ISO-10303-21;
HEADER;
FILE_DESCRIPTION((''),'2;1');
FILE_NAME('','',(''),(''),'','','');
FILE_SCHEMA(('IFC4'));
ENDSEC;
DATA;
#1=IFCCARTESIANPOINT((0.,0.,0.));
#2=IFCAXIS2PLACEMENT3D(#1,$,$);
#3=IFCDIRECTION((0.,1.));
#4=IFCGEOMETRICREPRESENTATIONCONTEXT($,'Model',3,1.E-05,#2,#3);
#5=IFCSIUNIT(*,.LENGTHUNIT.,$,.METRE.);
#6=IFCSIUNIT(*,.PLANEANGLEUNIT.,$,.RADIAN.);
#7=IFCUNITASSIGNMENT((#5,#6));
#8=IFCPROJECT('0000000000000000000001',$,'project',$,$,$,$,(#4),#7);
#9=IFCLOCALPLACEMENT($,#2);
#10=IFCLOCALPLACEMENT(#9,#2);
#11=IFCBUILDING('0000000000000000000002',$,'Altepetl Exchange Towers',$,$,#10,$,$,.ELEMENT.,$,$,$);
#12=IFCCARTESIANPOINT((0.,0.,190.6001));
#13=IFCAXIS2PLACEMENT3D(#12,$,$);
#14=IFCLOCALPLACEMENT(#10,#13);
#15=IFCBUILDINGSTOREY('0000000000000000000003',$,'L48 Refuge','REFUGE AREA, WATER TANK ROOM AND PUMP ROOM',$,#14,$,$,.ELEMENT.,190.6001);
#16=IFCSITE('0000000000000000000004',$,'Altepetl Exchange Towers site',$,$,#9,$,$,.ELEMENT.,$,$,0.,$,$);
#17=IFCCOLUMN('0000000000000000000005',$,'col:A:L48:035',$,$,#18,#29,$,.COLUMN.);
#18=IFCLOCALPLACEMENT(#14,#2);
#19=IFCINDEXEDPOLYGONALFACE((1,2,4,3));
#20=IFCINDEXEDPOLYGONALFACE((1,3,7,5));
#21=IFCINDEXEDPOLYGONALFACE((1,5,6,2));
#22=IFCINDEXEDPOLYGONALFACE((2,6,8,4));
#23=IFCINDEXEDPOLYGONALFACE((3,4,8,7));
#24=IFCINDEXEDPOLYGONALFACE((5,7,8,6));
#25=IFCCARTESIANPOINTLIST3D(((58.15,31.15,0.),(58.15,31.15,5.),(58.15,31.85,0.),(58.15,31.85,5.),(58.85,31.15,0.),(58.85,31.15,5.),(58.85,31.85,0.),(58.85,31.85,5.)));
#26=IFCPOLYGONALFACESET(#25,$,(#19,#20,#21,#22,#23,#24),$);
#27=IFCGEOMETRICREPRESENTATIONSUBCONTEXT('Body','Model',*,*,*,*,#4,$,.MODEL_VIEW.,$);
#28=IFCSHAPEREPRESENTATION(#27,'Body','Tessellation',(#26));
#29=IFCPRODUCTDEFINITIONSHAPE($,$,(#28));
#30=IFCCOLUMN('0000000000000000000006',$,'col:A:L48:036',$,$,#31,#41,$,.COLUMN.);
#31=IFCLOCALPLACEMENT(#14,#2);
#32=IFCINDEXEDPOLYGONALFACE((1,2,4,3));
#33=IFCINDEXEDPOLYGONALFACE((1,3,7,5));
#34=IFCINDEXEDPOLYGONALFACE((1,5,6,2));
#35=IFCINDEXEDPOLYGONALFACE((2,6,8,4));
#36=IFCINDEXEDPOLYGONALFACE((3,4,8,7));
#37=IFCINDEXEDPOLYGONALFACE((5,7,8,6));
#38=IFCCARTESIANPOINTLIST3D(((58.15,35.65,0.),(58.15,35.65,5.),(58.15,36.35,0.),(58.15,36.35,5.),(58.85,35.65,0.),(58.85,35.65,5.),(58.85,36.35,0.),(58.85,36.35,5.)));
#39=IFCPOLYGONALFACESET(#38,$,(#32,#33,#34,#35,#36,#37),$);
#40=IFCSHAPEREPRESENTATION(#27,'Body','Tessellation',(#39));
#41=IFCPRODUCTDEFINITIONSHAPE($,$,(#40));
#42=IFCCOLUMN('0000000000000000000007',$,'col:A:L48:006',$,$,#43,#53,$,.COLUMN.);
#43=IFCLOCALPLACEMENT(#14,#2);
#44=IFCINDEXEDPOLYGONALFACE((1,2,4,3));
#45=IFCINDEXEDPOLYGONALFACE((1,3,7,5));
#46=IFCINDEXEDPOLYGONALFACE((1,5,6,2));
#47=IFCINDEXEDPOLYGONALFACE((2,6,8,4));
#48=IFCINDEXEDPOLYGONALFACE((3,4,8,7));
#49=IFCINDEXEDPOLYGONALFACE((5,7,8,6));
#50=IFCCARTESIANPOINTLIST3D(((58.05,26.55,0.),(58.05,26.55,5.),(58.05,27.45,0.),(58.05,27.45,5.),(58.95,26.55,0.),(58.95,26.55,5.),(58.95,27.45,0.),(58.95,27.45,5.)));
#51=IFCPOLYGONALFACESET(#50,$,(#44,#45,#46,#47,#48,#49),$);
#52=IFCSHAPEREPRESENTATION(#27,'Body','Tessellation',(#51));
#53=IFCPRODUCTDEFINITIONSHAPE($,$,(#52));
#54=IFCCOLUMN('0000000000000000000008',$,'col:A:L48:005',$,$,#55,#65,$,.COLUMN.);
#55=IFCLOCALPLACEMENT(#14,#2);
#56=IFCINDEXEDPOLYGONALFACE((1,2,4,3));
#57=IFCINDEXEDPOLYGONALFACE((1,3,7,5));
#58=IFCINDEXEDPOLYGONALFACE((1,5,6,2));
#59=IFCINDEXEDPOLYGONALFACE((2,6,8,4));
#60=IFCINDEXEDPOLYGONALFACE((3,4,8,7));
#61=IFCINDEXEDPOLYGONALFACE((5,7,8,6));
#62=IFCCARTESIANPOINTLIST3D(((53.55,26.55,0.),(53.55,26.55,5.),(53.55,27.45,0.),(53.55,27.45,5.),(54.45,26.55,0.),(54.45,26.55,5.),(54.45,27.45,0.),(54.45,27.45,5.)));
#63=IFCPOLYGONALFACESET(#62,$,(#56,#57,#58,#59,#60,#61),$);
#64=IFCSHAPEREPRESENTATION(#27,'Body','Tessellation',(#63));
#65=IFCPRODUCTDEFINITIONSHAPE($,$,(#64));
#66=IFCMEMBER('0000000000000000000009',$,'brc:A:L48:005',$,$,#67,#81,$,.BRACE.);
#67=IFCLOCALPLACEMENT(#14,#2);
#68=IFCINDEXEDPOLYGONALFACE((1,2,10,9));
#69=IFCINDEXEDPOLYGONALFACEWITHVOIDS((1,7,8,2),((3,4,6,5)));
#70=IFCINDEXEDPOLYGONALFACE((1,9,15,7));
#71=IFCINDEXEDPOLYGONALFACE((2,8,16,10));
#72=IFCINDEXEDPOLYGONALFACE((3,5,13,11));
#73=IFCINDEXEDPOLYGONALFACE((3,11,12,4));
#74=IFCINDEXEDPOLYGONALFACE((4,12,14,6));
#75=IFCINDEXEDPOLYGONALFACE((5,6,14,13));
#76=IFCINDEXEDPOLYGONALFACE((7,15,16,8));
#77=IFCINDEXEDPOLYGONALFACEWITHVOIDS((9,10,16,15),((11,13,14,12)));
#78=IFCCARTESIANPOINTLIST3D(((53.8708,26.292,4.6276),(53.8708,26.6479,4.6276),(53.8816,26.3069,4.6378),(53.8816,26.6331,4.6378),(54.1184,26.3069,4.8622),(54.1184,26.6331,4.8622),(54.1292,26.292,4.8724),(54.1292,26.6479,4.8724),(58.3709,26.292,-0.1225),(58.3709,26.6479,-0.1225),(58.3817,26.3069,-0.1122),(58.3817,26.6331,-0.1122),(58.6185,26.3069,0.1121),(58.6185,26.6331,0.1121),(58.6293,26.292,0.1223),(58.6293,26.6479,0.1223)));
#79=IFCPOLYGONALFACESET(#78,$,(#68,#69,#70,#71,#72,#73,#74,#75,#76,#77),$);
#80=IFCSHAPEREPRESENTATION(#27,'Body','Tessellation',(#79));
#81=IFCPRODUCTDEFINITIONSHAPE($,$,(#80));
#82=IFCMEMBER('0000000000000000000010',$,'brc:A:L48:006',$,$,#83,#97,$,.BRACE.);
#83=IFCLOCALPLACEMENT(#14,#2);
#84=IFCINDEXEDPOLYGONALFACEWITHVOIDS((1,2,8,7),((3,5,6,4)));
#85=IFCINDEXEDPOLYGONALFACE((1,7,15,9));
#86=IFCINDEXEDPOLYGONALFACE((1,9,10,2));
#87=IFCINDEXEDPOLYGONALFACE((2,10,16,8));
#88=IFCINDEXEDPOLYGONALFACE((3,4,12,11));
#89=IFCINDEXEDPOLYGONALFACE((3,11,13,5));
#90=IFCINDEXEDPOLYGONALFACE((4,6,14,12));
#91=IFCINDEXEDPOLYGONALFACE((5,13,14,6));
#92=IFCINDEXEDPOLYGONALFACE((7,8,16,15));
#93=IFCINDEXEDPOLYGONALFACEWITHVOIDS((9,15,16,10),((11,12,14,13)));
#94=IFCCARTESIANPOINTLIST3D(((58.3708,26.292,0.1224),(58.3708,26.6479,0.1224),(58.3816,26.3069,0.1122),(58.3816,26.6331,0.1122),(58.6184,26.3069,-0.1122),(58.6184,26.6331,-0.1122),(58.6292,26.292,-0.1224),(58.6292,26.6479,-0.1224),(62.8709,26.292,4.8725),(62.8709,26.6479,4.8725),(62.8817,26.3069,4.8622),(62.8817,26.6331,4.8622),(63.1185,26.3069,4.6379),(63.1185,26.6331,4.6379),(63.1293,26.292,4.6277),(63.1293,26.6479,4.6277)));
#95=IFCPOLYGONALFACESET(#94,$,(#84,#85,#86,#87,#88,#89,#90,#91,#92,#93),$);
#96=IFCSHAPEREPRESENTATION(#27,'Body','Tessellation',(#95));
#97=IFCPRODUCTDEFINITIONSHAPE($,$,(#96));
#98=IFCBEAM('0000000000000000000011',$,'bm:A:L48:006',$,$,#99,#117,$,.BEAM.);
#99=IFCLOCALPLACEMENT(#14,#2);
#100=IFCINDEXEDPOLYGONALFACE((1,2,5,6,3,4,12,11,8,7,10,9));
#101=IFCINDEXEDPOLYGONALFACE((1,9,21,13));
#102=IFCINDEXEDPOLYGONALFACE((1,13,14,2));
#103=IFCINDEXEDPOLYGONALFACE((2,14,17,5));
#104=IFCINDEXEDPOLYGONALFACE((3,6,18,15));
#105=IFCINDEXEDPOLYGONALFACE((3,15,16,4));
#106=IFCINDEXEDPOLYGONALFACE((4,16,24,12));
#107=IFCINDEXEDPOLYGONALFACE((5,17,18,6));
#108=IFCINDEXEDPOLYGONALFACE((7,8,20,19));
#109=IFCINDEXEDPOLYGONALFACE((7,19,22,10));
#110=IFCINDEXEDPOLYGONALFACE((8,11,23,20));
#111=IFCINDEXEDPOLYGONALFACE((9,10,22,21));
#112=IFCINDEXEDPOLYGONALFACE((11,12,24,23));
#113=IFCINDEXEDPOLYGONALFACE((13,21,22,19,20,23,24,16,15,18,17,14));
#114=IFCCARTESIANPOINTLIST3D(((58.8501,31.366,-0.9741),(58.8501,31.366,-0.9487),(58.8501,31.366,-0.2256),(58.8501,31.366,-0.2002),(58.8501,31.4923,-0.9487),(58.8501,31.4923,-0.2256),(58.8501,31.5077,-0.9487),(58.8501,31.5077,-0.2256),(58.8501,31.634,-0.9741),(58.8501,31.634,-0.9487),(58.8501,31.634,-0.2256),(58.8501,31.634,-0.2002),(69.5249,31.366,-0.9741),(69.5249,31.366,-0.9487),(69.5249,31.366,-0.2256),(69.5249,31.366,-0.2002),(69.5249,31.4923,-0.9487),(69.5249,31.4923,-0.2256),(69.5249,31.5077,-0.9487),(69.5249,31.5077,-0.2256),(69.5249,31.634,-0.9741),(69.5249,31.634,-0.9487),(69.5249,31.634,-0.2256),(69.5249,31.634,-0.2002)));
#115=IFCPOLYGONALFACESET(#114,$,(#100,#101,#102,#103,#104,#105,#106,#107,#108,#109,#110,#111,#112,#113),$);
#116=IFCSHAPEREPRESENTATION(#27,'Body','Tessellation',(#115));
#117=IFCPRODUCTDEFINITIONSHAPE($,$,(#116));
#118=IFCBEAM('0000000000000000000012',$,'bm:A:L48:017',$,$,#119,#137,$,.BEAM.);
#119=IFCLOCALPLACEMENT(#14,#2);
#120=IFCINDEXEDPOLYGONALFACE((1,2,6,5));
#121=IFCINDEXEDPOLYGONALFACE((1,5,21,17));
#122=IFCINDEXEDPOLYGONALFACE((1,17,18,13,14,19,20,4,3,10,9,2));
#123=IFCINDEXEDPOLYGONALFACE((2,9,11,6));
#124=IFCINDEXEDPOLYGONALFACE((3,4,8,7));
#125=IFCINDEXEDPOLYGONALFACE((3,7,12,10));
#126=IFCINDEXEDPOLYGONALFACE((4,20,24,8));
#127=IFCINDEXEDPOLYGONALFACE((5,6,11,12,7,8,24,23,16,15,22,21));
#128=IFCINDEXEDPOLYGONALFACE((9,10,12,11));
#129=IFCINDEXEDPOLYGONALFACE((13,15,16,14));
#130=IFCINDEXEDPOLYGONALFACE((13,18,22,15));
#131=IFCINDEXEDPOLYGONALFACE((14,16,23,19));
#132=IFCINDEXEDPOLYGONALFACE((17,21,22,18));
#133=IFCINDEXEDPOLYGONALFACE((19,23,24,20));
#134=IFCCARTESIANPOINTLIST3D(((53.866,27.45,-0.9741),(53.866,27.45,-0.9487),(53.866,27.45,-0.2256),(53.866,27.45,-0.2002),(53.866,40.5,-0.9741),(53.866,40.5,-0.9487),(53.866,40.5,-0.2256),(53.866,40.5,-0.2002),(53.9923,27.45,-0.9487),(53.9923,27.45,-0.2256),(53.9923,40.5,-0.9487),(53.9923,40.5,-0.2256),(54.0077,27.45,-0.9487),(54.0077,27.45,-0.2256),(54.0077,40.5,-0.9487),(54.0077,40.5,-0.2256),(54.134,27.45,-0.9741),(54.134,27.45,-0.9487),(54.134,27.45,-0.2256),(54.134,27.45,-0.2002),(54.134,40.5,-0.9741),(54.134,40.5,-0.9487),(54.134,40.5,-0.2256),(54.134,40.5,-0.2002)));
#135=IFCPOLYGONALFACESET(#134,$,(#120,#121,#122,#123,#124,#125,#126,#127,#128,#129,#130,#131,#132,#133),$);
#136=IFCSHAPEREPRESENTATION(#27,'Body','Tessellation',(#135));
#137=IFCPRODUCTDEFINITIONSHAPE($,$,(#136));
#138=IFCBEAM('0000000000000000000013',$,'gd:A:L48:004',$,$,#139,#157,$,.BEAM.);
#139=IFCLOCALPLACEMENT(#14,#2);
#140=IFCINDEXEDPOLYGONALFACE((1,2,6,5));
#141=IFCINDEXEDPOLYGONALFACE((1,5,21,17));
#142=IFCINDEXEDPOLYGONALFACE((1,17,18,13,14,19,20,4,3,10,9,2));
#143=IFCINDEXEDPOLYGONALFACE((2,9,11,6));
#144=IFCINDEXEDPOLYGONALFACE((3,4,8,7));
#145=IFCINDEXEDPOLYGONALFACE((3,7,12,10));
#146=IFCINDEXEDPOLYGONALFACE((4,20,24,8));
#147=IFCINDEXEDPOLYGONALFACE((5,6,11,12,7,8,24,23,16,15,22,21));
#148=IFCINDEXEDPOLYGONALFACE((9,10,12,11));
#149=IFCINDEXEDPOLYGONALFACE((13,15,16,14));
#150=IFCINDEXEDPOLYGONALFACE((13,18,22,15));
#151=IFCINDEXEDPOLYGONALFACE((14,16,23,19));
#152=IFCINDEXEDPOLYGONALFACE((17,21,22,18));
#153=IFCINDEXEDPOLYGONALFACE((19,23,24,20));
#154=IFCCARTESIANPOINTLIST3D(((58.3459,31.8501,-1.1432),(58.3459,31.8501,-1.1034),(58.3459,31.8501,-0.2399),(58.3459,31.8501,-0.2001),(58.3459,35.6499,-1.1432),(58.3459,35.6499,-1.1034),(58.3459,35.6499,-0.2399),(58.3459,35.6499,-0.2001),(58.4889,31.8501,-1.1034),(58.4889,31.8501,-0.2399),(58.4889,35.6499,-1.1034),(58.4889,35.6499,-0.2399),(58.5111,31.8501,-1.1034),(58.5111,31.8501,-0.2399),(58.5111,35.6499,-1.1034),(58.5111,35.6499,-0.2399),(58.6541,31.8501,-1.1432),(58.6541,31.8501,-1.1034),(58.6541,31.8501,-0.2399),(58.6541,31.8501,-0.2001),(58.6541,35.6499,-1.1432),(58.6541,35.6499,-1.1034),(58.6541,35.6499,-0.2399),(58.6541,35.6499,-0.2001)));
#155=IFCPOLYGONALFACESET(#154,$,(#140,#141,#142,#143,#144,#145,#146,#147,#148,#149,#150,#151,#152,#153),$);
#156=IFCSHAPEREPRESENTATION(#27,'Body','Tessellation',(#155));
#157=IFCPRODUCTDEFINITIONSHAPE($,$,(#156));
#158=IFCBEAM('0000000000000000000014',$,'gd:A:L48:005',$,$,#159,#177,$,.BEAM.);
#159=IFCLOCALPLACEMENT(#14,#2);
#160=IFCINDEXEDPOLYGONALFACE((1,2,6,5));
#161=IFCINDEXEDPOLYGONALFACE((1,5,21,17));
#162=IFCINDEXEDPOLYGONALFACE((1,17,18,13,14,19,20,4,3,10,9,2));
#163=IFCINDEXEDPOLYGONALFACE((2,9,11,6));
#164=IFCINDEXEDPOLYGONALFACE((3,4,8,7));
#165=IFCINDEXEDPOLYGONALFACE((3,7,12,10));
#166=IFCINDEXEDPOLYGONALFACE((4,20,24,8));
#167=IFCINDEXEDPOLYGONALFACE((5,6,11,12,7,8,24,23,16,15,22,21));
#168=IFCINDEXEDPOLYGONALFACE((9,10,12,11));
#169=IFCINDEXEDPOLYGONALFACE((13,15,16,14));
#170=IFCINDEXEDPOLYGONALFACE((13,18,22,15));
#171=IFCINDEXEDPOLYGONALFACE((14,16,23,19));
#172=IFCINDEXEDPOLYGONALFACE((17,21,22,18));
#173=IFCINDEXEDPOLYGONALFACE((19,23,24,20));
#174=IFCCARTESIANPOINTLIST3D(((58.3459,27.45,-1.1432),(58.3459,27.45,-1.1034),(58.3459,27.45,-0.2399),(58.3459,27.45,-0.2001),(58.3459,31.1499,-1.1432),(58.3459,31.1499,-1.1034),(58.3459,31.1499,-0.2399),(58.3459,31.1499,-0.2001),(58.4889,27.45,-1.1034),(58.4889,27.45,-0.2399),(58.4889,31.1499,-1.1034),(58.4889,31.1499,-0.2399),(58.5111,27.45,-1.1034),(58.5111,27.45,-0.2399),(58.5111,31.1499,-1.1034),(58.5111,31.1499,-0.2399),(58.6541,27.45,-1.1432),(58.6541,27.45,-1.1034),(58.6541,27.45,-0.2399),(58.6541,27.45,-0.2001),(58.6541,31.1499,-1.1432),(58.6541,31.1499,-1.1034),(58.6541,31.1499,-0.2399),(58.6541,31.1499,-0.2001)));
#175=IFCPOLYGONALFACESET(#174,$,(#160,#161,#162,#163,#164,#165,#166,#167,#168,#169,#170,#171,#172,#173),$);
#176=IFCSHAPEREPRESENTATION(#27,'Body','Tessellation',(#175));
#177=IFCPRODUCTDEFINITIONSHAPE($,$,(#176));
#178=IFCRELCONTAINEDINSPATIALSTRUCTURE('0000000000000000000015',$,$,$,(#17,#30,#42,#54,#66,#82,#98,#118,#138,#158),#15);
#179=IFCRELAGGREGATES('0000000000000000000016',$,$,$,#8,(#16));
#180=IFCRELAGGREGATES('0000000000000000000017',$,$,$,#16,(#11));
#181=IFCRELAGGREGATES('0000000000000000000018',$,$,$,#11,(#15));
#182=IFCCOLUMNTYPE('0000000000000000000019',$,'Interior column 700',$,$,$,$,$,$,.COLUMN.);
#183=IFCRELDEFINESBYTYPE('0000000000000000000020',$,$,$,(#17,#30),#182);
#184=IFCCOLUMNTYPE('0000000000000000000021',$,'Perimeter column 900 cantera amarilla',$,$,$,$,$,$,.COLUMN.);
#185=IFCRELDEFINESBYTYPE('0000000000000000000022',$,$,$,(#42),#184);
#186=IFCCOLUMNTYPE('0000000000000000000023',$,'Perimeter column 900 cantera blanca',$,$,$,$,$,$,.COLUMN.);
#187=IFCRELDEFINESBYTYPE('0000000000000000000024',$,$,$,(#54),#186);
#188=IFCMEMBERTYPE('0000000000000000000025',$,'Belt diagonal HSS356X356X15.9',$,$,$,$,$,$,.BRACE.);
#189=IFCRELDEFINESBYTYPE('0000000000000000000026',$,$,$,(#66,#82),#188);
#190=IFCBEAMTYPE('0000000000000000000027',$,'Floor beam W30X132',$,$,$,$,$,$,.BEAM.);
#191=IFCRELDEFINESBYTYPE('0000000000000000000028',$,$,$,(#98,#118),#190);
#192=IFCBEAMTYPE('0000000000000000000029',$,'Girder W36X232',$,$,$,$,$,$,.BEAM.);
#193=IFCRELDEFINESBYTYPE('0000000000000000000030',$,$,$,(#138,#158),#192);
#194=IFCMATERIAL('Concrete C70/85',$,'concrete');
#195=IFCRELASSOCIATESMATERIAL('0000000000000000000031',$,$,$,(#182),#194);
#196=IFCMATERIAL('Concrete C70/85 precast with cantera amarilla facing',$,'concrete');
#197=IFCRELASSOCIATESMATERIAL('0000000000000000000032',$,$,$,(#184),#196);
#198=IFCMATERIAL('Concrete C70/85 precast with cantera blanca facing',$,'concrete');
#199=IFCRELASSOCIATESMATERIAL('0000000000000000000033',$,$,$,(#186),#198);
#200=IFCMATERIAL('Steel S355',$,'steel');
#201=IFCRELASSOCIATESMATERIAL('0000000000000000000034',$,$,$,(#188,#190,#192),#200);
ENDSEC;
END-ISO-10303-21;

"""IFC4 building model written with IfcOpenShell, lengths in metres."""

from ifc_helpers import new_model, si_unit, direction, frame, origin, origin_2d, place, context, subcontext, project, spatial, rectangle, hollow_rectangle, i_section, extrude, material, material_profile, profile_set, type_object, element, save


model = new_model("IFC4")

# Units and contexts
model_context = context("Model", 3, precision=1e-05, world=origin(), true_north=direction((0.0, 1.0)))
body_context = subcontext(model_context, "Body", "Model", "MODEL_VIEW")
ifc_project = project(units=[si_unit("LENGTHUNIT", "METRE"), si_unit("PLANEANGLEUNIT", "RADIAN")], contexts=[model_context])

# Site, building, storey
site_placement = place(None, origin())
site = spatial("IfcSite", under=ifc_project, at=site_placement, Name="Altepetl Exchange Towers site", CompositionType="ELEMENT", RefElevation=0.0)
building_placement = place(site_placement, origin())
building = spatial("IfcBuilding", under=site, at=building_placement, Name="Altepetl Exchange Towers", CompositionType="ELEMENT")
storey_placement = place(building_placement, frame((0.0, 0.0, 190.6001)))
storey = spatial("IfcBuildingStorey", under=building, at=storey_placement, Name="L48 Refuge", Description="REFUGE AREA, WATER TANK ROOM AND PUMP ROOM", CompositionType="ELEMENT", Elevation=190.6001)

# Columns
ifc_material_1 = material(Name="Concrete C70/85", Category="concrete")
ifc_material_profile_1 = material_profile(ifc_material_1, rectangle(XDim=0.7, YDim=0.7, at=origin_2d()), Name="700 x 700")
ifc_profile_set_1 = profile_set([ifc_material_profile_1], Name="Concrete C70/85")
column_type_1 = type_object("IfcColumnType", Name="Interior column 700", PredefinedType="COLUMN", material=ifc_profile_set_1)
for number, where, name in (
    (1, (58.5, 31.5, 0.0), "col:A:L48:035"),
    (2, (58.5, 36.0, 0.0), "col:A:L48:036"),
):
    element("IfcColumn", number, at=place(storey_placement, frame(where)), inside=storey, type_object=column_type_1, Name=name, PredefinedType="COLUMN", context=body_context, shape_type="SweptSolid", body=[
        extrude(rectangle(XDim=0.7, YDim=0.7, at=origin_2d()), origin(), (0.0, 0.0, 1.0), 5.0),
    ])
ifc_material_2 = material(Name="Concrete C70/85 precast with cantera amarilla facing", Category="concrete")
ifc_material_profile_2 = material_profile(ifc_material_2, rectangle(XDim=0.8999, YDim=0.8999, at=origin_2d()), Name="900 x 900")
ifc_profile_set_2 = profile_set([ifc_material_profile_2], Name="Concrete C70/85 precast with cantera amarilla facing")
column_type_2 = type_object("IfcColumnType", Name="Perimeter column 900 cantera amarilla", PredefinedType="COLUMN", material=ifc_profile_set_2)
column_1_placement = place(storey_placement, frame((58.5, 27.0, 0.0)))
element("IfcColumn", 3, at=column_1_placement, inside=storey, type_object=column_type_2, Name="col:A:L48:006", PredefinedType="COLUMN", context=body_context, shape_type="SweptSolid", body=[
    extrude(rectangle(XDim=0.8999, YDim=0.8999, at=origin_2d()), origin(), (0.0, 0.0, 1.0), 5.0),
])
ifc_material_3 = material(Name="Concrete C70/85 precast with cantera blanca facing", Category="concrete")
ifc_material_profile_3 = material_profile(ifc_material_3, rectangle(XDim=0.8999, YDim=0.8999, at=origin_2d()), Name="900 x 900")
ifc_profile_set_3 = profile_set([ifc_material_profile_3], Name="Concrete C70/85 precast with cantera blanca facing")
column_type_3 = type_object("IfcColumnType", Name="Perimeter column 900 cantera blanca", PredefinedType="COLUMN", material=ifc_profile_set_3)
column_2_placement = place(storey_placement, frame((54.0, 27.0, 0.0)))
element("IfcColumn", 4, at=column_2_placement, inside=storey, type_object=column_type_3, Name="col:A:L48:005", PredefinedType="COLUMN", context=body_context, shape_type="SweptSolid", body=[
    extrude(rectangle(XDim=0.8999, YDim=0.8999, at=origin_2d()), origin(), (0.0, 0.0, 1.0), 5.0),
])

# Members
ifc_material_4 = material(Name="Steel S355", Category="steel")
ifc_material_profile_4 = material_profile(ifc_material_4, hollow_rectangle(XDim=0.356, YDim=0.356, WallThickness=0.0149, at=origin_2d()), Name="HSS356X356X15.9")
ifc_profile_set_4 = profile_set([ifc_material_profile_4], Name="Steel S355")
member_type_1 = type_object("IfcMemberType", Name="Belt diagonal HSS356X356X15.9", PredefinedType="BRACE", material=ifc_profile_set_4)
for number, where, z_axis, x_axis, name in (
    (5, (54.0, 26.47, 4.75), (0.687745, 0.0, -0.725953), (0.0, 1.0, 0.0), "brc:A:L48:005"),
    (6, (58.5, 26.47, 0.0), (0.687745, 0.0, 0.725953), (0.0, 1.0, 0.0), "brc:A:L48:006"),
):
    element("IfcMember", number, at=place(storey_placement, frame(where, z_axis=z_axis, x_axis=x_axis)), inside=storey, type_object=member_type_1, Name=name, PredefinedType="BRACE", context=body_context, shape_type="SweptSolid", body=[
        extrude(hollow_rectangle(XDim=0.356, YDim=0.356, WallThickness=0.0149, at=origin_2d()), origin(), (0.0, 0.0, 1.0), 6.5432),
    ])

# Beams
ifc_material_profile_5 = material_profile(ifc_material_4, i_section(OverallWidth=0.2681, OverallDepth=0.7739, WebThickness=0.0154, FlangeThickness=0.0254, at=origin_2d()), Name="W30X132")
ifc_profile_set_5 = profile_set([ifc_material_profile_5], Name="Steel S355")
beam_type_1 = type_object("IfcBeamType", Name="Floor beam W30X132", PredefinedType="BEAM", material=ifc_profile_set_5)
beam_1_placement = place(storey_placement, frame((58.8501, 31.5, -0.5872), z_axis=(1.0, 0.0, 0.0), x_axis=(0.0, 1.0, 0.0)))
element("IfcBeam", 7, at=beam_1_placement, inside=storey, type_object=beam_type_1, Name="bm:A:L48:006", PredefinedType="BEAM", context=body_context, shape_type="SweptSolid", body=[
    extrude(i_section(OverallWidth=0.2681, OverallDepth=0.7739, WebThickness=0.0154, FlangeThickness=0.0254, at=origin_2d()), origin(), (0.0, 0.0, 1.0), 10.6748),
])
beam_2_placement = place(storey_placement, frame((54.0, 27.45, -0.5872), z_axis=(0.0, 1.0, 0.0), x_axis=(-1.0, 0.0, 0.0)))
element("IfcBeam", 8, at=beam_2_placement, inside=storey, type_object=beam_type_1, Name="bm:A:L48:017", PredefinedType="BEAM", context=body_context, shape_type="SweptSolid", body=[
    extrude(i_section(OverallWidth=0.2681, OverallDepth=0.7739, WebThickness=0.0154, FlangeThickness=0.0254, at=origin_2d()), origin(), (0.0, 0.0, 1.0), 13.05),
])
ifc_material_profile_6 = material_profile(ifc_material_4, i_section(OverallWidth=0.3081, OverallDepth=0.9431, WebThickness=0.0222, FlangeThickness=0.0398, at=origin_2d()), Name="W36X232")
ifc_profile_set_6 = profile_set([ifc_material_profile_6], Name="Steel S355")
beam_type_2 = type_object("IfcBeamType", Name="Girder W36X232", PredefinedType="BEAM", material=ifc_profile_set_6)
beam_3_placement = place(storey_placement, frame((58.5, 35.6499, -0.6716), z_axis=(0.0, -1.0, 0.0), x_axis=(1.0, 0.0, 0.0)))
element("IfcBeam", 9, at=beam_3_placement, inside=storey, type_object=beam_type_2, Name="gd:A:L48:004", PredefinedType="BEAM", context=body_context, shape_type="SweptSolid", body=[
    extrude(i_section(OverallWidth=0.3081, OverallDepth=0.9431, WebThickness=0.0222, FlangeThickness=0.0398, at=origin_2d()), origin(), (0.0, 0.0, 1.0), 3.7998),
])
beam_4_placement = place(storey_placement, frame((58.5, 31.1499, -0.6716), z_axis=(0.0, -1.0, 0.0), x_axis=(1.0, 0.0, 0.0)))
element("IfcBeam", 10, at=beam_4_placement, inside=storey, type_object=beam_type_2, Name="gd:A:L48:005", PredefinedType="BEAM", context=body_context, shape_type="SweptSolid", body=[
    extrude(i_section(OverallWidth=0.3081, OverallDepth=0.9431, WebThickness=0.0222, FlangeThickness=0.0398, at=origin_2d()), origin(), (0.0, 0.0, 1.0), 3.7),
])

save(model, "model.ifc")
